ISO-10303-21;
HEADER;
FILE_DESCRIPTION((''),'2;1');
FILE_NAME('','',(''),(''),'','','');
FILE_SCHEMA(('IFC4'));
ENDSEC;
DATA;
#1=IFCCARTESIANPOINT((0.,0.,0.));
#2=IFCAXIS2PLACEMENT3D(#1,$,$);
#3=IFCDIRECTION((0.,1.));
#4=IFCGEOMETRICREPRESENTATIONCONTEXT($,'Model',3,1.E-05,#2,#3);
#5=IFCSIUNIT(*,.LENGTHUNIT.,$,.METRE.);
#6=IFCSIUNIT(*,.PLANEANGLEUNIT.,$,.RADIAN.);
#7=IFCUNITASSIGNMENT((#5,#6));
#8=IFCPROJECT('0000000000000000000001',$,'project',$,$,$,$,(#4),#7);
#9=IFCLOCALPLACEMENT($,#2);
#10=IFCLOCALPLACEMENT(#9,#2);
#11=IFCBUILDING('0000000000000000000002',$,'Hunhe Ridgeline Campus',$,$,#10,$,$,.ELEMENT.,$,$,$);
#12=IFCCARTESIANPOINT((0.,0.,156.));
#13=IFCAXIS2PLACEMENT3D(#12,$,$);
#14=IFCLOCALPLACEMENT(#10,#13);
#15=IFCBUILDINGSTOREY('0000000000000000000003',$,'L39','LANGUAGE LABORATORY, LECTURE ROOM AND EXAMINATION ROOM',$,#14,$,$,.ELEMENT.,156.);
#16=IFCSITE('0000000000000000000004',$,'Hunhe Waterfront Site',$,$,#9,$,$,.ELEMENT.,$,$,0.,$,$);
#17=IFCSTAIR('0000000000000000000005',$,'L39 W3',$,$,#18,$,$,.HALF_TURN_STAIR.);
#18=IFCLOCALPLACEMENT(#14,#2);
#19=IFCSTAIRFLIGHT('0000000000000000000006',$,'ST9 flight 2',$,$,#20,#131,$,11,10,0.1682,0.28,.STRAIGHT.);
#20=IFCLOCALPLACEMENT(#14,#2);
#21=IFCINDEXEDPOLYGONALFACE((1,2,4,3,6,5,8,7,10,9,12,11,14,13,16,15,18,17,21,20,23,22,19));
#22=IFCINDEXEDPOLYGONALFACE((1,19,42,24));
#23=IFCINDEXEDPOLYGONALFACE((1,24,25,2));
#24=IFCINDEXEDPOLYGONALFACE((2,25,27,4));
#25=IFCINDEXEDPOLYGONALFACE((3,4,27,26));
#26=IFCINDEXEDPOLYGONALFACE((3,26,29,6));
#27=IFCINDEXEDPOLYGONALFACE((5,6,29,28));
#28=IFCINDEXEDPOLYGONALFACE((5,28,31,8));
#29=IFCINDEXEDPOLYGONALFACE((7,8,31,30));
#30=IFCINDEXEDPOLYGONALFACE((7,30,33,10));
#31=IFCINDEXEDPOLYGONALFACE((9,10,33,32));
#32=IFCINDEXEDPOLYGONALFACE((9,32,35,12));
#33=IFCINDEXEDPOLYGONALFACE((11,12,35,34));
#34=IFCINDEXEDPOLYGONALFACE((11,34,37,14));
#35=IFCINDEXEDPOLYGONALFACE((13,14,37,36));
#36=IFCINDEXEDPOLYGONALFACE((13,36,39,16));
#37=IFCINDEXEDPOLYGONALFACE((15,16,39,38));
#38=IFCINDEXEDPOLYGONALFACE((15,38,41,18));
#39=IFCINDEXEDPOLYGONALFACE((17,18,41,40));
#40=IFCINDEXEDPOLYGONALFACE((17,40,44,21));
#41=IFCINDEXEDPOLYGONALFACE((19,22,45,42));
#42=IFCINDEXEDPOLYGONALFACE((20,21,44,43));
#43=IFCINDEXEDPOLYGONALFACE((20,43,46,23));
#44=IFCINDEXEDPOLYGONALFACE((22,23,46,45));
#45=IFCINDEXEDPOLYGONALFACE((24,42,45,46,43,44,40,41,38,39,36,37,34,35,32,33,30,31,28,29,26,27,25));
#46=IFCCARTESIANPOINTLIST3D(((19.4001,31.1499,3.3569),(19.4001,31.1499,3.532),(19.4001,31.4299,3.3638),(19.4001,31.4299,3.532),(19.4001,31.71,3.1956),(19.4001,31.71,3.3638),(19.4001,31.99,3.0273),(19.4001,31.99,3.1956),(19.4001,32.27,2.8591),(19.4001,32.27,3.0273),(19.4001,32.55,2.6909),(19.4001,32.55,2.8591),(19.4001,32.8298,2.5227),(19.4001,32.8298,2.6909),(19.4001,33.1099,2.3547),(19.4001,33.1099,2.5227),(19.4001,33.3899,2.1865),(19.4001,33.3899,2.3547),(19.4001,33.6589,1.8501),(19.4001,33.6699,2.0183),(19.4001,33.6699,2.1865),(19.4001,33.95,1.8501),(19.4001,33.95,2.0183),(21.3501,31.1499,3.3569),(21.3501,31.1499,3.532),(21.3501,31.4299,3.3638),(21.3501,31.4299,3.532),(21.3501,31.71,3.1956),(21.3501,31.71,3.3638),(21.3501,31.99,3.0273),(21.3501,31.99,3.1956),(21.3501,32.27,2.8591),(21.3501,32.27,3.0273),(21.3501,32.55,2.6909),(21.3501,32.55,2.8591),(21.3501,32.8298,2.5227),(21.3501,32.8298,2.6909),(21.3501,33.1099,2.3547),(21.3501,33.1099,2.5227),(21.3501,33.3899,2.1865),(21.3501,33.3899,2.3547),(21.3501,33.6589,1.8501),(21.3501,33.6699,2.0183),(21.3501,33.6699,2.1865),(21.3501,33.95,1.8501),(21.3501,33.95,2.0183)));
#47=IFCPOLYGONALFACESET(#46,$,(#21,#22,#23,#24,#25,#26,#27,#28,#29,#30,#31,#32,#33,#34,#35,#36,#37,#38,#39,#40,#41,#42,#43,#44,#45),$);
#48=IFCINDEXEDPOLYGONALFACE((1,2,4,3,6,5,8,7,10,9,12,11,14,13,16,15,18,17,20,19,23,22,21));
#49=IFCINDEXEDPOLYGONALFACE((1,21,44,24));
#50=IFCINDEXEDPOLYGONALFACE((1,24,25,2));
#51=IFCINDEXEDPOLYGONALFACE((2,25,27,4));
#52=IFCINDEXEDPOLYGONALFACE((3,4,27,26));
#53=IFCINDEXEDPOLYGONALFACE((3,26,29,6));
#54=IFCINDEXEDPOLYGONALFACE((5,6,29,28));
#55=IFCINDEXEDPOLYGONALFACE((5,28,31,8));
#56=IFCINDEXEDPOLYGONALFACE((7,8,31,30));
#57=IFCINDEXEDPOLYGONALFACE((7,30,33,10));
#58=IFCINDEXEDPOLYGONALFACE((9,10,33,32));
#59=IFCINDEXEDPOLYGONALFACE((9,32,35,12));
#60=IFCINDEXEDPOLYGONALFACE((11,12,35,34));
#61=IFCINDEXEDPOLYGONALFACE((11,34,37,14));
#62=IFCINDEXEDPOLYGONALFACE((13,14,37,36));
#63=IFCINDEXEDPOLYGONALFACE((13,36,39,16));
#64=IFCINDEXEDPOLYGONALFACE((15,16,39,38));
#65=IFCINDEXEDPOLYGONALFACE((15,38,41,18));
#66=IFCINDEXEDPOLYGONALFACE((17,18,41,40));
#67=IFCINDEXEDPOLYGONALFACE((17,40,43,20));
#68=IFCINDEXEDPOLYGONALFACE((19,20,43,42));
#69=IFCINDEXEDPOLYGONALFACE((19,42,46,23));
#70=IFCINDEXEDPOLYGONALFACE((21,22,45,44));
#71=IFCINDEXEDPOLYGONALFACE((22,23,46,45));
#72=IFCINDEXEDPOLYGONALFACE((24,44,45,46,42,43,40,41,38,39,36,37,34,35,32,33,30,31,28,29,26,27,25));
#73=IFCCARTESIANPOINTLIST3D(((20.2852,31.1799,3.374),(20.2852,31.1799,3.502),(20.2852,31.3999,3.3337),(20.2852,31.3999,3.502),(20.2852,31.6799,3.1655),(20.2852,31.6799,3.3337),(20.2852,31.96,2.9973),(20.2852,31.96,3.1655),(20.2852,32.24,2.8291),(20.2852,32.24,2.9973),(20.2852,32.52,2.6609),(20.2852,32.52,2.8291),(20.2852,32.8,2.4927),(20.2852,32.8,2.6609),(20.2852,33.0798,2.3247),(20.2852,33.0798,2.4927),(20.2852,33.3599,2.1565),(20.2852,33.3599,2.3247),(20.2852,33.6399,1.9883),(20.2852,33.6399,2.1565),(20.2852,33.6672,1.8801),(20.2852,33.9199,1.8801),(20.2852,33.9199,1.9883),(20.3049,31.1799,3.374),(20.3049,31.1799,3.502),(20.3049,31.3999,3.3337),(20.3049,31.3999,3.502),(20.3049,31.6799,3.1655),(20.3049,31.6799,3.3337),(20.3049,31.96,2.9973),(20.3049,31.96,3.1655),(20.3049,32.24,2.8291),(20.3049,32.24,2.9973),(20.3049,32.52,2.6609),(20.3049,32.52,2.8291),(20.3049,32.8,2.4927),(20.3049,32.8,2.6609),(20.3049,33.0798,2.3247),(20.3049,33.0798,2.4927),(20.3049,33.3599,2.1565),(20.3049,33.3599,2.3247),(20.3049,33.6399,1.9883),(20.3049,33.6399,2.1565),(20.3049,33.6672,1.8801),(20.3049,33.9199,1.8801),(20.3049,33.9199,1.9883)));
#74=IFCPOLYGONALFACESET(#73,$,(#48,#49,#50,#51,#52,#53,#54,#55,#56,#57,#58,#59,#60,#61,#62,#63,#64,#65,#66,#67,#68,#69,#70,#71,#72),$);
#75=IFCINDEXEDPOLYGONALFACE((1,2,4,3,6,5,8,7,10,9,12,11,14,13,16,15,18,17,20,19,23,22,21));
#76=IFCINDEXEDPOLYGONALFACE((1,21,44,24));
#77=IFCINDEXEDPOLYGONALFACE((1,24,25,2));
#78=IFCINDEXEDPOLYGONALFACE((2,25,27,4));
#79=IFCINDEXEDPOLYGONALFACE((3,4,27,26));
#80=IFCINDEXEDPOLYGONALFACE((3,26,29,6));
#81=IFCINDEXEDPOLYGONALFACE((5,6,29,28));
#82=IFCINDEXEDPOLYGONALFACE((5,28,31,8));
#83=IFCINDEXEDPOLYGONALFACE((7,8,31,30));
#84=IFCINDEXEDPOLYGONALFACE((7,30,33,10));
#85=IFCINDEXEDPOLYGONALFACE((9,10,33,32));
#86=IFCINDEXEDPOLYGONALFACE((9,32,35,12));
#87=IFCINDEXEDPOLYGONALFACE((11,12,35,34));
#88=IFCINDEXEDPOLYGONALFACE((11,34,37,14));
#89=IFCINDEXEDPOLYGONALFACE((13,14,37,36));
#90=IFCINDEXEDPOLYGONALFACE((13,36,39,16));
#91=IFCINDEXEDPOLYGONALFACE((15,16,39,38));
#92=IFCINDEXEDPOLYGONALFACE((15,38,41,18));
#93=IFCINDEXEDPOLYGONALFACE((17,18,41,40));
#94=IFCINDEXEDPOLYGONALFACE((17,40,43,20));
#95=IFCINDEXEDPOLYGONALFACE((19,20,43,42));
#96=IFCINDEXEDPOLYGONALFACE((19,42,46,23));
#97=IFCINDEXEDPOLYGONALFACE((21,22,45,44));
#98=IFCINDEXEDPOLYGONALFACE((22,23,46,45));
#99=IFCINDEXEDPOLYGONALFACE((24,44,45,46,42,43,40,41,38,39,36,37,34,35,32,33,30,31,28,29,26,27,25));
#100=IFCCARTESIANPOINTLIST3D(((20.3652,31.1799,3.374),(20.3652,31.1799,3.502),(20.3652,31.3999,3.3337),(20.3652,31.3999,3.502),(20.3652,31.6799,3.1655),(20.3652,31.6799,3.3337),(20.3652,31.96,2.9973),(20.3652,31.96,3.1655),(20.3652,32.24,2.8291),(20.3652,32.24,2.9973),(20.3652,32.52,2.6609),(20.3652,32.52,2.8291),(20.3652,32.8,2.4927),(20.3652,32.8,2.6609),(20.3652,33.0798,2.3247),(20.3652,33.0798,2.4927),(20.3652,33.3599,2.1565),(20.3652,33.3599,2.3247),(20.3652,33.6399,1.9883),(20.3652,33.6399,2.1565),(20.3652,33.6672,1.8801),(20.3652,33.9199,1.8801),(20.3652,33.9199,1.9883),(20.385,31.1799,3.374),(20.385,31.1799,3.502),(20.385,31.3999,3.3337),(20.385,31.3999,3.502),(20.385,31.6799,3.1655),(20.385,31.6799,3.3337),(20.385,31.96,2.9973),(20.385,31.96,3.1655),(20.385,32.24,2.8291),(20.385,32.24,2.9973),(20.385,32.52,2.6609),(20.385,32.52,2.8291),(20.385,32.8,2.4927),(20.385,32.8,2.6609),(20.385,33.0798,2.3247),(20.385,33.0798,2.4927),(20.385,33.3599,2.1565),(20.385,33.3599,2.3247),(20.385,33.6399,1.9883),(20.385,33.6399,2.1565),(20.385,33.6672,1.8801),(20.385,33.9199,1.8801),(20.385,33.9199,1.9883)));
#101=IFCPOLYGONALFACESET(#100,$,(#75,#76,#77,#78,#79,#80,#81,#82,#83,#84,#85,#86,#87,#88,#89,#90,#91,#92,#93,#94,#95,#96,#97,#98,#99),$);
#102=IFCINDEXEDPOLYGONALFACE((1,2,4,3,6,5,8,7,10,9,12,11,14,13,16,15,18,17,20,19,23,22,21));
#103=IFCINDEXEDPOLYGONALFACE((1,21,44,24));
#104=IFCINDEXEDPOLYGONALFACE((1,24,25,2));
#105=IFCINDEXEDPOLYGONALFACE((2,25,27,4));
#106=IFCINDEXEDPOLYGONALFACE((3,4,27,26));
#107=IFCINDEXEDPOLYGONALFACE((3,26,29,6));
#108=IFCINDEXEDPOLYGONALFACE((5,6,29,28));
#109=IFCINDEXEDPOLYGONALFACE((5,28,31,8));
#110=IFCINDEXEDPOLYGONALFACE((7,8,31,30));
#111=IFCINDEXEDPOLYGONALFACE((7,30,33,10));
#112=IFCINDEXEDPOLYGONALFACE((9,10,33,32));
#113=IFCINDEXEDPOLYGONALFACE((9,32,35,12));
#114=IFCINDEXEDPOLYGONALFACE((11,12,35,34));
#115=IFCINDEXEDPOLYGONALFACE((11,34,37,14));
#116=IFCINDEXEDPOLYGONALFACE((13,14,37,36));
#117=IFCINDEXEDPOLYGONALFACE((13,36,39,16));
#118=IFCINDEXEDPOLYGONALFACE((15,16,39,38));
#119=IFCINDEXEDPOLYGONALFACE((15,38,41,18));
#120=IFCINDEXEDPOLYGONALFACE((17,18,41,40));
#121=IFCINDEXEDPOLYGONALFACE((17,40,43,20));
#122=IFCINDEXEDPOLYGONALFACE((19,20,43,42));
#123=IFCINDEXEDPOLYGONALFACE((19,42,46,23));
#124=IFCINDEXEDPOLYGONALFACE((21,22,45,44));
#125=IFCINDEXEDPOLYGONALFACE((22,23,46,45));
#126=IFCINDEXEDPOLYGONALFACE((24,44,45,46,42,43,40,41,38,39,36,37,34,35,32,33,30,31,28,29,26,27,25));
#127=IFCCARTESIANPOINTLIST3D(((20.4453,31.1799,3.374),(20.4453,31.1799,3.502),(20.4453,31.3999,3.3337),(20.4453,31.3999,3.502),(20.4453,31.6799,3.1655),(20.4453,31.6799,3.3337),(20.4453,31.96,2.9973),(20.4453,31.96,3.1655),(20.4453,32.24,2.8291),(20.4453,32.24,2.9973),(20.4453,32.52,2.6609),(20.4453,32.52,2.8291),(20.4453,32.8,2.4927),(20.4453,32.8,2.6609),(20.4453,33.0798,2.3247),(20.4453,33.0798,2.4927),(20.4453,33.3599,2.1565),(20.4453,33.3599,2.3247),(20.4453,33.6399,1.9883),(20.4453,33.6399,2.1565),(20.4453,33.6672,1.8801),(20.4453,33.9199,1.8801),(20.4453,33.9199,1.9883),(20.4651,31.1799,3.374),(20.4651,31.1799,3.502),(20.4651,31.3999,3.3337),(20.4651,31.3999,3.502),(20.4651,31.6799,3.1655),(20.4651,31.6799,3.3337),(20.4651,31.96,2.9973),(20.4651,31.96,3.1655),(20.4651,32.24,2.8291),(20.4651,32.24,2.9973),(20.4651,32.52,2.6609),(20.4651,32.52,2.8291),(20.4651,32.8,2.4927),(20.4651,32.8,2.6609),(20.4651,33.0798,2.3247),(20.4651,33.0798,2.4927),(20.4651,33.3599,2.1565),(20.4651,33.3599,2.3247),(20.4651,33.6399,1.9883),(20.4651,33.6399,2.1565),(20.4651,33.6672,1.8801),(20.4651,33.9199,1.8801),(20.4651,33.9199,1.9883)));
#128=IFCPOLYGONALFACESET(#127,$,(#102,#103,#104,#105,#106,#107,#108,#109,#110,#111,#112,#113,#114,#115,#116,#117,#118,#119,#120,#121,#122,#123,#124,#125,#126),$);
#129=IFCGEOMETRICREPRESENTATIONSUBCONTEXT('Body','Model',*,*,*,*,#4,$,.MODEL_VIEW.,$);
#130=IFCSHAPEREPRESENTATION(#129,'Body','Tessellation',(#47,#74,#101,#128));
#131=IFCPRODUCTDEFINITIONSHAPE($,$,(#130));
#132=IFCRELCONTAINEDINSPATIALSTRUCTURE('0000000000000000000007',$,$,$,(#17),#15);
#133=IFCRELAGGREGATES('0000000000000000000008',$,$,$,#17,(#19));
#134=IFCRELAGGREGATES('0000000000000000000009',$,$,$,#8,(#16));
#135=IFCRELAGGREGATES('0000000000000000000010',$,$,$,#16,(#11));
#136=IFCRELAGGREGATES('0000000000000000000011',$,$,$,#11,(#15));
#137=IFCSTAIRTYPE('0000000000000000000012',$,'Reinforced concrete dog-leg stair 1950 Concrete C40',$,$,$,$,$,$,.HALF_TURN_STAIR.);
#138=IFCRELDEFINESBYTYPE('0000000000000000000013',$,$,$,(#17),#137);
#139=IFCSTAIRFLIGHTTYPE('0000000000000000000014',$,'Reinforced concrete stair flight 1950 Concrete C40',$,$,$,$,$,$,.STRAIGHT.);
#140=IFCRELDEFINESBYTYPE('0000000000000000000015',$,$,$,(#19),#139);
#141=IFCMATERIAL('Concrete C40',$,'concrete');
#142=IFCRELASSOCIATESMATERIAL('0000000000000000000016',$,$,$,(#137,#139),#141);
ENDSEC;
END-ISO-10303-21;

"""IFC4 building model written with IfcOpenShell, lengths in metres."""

from ifc_helpers import new_model, si_unit, direction, frame, origin, place, context, subcontext, project, spatial, polyline, outline, extrude, material, type_object, element, aggregate, save


model = new_model("IFC4")

# Units and contexts
model_context = context("Model", 3, precision=1e-05, world=origin(), true_north=direction((0.0, 1.0)))
body_context = subcontext(model_context, "Body", "Model", "MODEL_VIEW")
ifc_project = project(units=[si_unit("LENGTHUNIT", "METRE"), si_unit("PLANEANGLEUNIT", "RADIAN")], contexts=[model_context])

# Site, building, storey
site_placement = place(None, origin())
site = spatial("IfcSite", under=ifc_project, at=site_placement, Name="Hunhe Waterfront Site", CompositionType="ELEMENT", RefElevation=0.0)
building_placement = place(site_placement, origin())
building = spatial("IfcBuilding", under=site, at=building_placement, Name="Hunhe Ridgeline Campus", CompositionType="ELEMENT")
storey_placement = place(building_placement, frame((0.0, 0.0, 156.0)))
storey = spatial("IfcBuildingStorey", under=building, at=storey_placement, Name="L39", Description="LANGUAGE LABORATORY, LECTURE ROOM AND EXAMINATION ROOM", CompositionType="ELEMENT", Elevation=156.0)

# Stair, stair flight
ifc_material_1 = material(Name="Concrete C40", Category="concrete")
stair_type = type_object("IfcStairType", Name="Reinforced concrete dog-leg stair 1950 Concrete C40", PredefinedType="HALF_TURN_STAIR", material=ifc_material_1)
stair_placement = place(storey_placement, origin())
stair = element("IfcStair", 1, at=stair_placement, inside=storey, type_object=stair_type, Name="L39 W3", PredefinedType="HALF_TURN_STAIR")
stair_flight_type = type_object("IfcStairFlightType", Name="Reinforced concrete stair flight 1950 Concrete C40", PredefinedType="STRAIGHT", material=ifc_material_1)
stair_flight_1_placement = place(storey_placement, frame((20.375, 33.95, 1.8501), z_axis=(0.0, 0.0, 1.0), x_axis=(0.0, -1.0, 0.0)))
stair_flight_1 = element("IfcStairFlight", 2, at=stair_flight_1_placement, type_object=stair_flight_type, Name="ST9 flight 2", NumberOfRisers=11, NumberOfTreads=10, PredefinedType="STRAIGHT", RiserHeight=0.1682, TreadLength=0.28, context=body_context, shape_type="SweptSolid", body=[
    extrude(outline(polyline([(0.0, 0.0), (0.0, 0.1682), (0.28, 0.1682), (0.28, 0.3364), (0.5601, 0.3364), (0.5601, 0.5046), (0.8401, 0.5046), (0.8401, 0.6726), (1.1201, 0.6726), (1.1201, 0.8408), (1.3999, 0.8408), (1.3999, 1.009), (1.6799, 1.009), (1.6799, 1.1772), (1.96, 1.1772), (1.96, 1.3455), (2.24, 1.3455), (2.24, 1.5137), (2.52, 1.5137), (2.52, 1.6819), (2.8, 1.6819), (2.8, 1.8501), (2.8, 1.5068), (0.291, 0.0), (0.0, 0.0)])), frame((0.0, 0.9751, 0.0), z_axis=(0.0, -1.0, 0.0), x_axis=(1.0, 0.0, 0.0)), (0.0, 0.0, 1.0), 1.95),
    extrude(outline(polyline([(0.03, 0.03), (0.03, 0.1382), (0.3101, 0.1382), (0.3101, 0.3064), (0.5901, 0.3064), (0.5901, 0.4746), (0.8701, 0.4746), (0.8701, 0.6426), (1.1499, 0.6426), (1.1499, 0.8108), (1.4299, 0.8108), (1.4299, 0.979), (1.71, 0.979), (1.71, 1.1472), (1.99, 1.1472), (1.99, 1.3154), (2.27, 1.3154), (2.27, 1.4836), (2.55, 1.4836), (2.55, 1.6519), (2.77, 1.6519), (2.77, 1.5239), (0.2827, 0.03), (0.03, 0.03)])), frame((0.0, -0.0701, 0.0), z_axis=(0.0, -1.0, 0.0), x_axis=(1.0, 0.0, 0.0)), (0.0, 0.0, 1.0), 0.0198),
    extrude(outline(polyline([(0.03, 0.03), (0.03, 0.1382), (0.3101, 0.1382), (0.3101, 0.3064), (0.5901, 0.3064), (0.5901, 0.4746), (0.8701, 0.4746), (0.8701, 0.6426), (1.1499, 0.6426), (1.1499, 0.8108), (1.4299, 0.8108), (1.4299, 0.979), (1.71, 0.979), (1.71, 1.1472), (1.99, 1.1472), (1.99, 1.3154), (2.27, 1.3154), (2.27, 1.4836), (2.55, 1.4836), (2.55, 1.6519), (2.77, 1.6519), (2.77, 1.5239), (0.2827, 0.03), (0.03, 0.03)])), frame((0.0, 0.01, 0.0), z_axis=(0.0, -1.0, 0.0), x_axis=(1.0, 0.0, 0.0)), (0.0, 0.0, 1.0), 0.0198),
    extrude(outline(polyline([(0.03, 0.03), (0.03, 0.1382), (0.3101, 0.1382), (0.3101, 0.3064), (0.5901, 0.3064), (0.5901, 0.4746), (0.8701, 0.4746), (0.8701, 0.6426), (1.1499, 0.6426), (1.1499, 0.8108), (1.4299, 0.8108), (1.4299, 0.979), (1.71, 0.979), (1.71, 1.1472), (1.99, 1.1472), (1.99, 1.3154), (2.27, 1.3154), (2.27, 1.4836), (2.55, 1.4836), (2.55, 1.6519), (2.77, 1.6519), (2.77, 1.5239), (0.2827, 0.03), (0.03, 0.03)])), frame((0.0, 0.0901, 0.0), z_axis=(0.0, -1.0, 0.0), x_axis=(1.0, 0.0, 0.0)), (0.0, 0.0, 1.0), 0.0198),
])
aggregate(stair, [stair_flight_1])

save(model, "model.ifc")
